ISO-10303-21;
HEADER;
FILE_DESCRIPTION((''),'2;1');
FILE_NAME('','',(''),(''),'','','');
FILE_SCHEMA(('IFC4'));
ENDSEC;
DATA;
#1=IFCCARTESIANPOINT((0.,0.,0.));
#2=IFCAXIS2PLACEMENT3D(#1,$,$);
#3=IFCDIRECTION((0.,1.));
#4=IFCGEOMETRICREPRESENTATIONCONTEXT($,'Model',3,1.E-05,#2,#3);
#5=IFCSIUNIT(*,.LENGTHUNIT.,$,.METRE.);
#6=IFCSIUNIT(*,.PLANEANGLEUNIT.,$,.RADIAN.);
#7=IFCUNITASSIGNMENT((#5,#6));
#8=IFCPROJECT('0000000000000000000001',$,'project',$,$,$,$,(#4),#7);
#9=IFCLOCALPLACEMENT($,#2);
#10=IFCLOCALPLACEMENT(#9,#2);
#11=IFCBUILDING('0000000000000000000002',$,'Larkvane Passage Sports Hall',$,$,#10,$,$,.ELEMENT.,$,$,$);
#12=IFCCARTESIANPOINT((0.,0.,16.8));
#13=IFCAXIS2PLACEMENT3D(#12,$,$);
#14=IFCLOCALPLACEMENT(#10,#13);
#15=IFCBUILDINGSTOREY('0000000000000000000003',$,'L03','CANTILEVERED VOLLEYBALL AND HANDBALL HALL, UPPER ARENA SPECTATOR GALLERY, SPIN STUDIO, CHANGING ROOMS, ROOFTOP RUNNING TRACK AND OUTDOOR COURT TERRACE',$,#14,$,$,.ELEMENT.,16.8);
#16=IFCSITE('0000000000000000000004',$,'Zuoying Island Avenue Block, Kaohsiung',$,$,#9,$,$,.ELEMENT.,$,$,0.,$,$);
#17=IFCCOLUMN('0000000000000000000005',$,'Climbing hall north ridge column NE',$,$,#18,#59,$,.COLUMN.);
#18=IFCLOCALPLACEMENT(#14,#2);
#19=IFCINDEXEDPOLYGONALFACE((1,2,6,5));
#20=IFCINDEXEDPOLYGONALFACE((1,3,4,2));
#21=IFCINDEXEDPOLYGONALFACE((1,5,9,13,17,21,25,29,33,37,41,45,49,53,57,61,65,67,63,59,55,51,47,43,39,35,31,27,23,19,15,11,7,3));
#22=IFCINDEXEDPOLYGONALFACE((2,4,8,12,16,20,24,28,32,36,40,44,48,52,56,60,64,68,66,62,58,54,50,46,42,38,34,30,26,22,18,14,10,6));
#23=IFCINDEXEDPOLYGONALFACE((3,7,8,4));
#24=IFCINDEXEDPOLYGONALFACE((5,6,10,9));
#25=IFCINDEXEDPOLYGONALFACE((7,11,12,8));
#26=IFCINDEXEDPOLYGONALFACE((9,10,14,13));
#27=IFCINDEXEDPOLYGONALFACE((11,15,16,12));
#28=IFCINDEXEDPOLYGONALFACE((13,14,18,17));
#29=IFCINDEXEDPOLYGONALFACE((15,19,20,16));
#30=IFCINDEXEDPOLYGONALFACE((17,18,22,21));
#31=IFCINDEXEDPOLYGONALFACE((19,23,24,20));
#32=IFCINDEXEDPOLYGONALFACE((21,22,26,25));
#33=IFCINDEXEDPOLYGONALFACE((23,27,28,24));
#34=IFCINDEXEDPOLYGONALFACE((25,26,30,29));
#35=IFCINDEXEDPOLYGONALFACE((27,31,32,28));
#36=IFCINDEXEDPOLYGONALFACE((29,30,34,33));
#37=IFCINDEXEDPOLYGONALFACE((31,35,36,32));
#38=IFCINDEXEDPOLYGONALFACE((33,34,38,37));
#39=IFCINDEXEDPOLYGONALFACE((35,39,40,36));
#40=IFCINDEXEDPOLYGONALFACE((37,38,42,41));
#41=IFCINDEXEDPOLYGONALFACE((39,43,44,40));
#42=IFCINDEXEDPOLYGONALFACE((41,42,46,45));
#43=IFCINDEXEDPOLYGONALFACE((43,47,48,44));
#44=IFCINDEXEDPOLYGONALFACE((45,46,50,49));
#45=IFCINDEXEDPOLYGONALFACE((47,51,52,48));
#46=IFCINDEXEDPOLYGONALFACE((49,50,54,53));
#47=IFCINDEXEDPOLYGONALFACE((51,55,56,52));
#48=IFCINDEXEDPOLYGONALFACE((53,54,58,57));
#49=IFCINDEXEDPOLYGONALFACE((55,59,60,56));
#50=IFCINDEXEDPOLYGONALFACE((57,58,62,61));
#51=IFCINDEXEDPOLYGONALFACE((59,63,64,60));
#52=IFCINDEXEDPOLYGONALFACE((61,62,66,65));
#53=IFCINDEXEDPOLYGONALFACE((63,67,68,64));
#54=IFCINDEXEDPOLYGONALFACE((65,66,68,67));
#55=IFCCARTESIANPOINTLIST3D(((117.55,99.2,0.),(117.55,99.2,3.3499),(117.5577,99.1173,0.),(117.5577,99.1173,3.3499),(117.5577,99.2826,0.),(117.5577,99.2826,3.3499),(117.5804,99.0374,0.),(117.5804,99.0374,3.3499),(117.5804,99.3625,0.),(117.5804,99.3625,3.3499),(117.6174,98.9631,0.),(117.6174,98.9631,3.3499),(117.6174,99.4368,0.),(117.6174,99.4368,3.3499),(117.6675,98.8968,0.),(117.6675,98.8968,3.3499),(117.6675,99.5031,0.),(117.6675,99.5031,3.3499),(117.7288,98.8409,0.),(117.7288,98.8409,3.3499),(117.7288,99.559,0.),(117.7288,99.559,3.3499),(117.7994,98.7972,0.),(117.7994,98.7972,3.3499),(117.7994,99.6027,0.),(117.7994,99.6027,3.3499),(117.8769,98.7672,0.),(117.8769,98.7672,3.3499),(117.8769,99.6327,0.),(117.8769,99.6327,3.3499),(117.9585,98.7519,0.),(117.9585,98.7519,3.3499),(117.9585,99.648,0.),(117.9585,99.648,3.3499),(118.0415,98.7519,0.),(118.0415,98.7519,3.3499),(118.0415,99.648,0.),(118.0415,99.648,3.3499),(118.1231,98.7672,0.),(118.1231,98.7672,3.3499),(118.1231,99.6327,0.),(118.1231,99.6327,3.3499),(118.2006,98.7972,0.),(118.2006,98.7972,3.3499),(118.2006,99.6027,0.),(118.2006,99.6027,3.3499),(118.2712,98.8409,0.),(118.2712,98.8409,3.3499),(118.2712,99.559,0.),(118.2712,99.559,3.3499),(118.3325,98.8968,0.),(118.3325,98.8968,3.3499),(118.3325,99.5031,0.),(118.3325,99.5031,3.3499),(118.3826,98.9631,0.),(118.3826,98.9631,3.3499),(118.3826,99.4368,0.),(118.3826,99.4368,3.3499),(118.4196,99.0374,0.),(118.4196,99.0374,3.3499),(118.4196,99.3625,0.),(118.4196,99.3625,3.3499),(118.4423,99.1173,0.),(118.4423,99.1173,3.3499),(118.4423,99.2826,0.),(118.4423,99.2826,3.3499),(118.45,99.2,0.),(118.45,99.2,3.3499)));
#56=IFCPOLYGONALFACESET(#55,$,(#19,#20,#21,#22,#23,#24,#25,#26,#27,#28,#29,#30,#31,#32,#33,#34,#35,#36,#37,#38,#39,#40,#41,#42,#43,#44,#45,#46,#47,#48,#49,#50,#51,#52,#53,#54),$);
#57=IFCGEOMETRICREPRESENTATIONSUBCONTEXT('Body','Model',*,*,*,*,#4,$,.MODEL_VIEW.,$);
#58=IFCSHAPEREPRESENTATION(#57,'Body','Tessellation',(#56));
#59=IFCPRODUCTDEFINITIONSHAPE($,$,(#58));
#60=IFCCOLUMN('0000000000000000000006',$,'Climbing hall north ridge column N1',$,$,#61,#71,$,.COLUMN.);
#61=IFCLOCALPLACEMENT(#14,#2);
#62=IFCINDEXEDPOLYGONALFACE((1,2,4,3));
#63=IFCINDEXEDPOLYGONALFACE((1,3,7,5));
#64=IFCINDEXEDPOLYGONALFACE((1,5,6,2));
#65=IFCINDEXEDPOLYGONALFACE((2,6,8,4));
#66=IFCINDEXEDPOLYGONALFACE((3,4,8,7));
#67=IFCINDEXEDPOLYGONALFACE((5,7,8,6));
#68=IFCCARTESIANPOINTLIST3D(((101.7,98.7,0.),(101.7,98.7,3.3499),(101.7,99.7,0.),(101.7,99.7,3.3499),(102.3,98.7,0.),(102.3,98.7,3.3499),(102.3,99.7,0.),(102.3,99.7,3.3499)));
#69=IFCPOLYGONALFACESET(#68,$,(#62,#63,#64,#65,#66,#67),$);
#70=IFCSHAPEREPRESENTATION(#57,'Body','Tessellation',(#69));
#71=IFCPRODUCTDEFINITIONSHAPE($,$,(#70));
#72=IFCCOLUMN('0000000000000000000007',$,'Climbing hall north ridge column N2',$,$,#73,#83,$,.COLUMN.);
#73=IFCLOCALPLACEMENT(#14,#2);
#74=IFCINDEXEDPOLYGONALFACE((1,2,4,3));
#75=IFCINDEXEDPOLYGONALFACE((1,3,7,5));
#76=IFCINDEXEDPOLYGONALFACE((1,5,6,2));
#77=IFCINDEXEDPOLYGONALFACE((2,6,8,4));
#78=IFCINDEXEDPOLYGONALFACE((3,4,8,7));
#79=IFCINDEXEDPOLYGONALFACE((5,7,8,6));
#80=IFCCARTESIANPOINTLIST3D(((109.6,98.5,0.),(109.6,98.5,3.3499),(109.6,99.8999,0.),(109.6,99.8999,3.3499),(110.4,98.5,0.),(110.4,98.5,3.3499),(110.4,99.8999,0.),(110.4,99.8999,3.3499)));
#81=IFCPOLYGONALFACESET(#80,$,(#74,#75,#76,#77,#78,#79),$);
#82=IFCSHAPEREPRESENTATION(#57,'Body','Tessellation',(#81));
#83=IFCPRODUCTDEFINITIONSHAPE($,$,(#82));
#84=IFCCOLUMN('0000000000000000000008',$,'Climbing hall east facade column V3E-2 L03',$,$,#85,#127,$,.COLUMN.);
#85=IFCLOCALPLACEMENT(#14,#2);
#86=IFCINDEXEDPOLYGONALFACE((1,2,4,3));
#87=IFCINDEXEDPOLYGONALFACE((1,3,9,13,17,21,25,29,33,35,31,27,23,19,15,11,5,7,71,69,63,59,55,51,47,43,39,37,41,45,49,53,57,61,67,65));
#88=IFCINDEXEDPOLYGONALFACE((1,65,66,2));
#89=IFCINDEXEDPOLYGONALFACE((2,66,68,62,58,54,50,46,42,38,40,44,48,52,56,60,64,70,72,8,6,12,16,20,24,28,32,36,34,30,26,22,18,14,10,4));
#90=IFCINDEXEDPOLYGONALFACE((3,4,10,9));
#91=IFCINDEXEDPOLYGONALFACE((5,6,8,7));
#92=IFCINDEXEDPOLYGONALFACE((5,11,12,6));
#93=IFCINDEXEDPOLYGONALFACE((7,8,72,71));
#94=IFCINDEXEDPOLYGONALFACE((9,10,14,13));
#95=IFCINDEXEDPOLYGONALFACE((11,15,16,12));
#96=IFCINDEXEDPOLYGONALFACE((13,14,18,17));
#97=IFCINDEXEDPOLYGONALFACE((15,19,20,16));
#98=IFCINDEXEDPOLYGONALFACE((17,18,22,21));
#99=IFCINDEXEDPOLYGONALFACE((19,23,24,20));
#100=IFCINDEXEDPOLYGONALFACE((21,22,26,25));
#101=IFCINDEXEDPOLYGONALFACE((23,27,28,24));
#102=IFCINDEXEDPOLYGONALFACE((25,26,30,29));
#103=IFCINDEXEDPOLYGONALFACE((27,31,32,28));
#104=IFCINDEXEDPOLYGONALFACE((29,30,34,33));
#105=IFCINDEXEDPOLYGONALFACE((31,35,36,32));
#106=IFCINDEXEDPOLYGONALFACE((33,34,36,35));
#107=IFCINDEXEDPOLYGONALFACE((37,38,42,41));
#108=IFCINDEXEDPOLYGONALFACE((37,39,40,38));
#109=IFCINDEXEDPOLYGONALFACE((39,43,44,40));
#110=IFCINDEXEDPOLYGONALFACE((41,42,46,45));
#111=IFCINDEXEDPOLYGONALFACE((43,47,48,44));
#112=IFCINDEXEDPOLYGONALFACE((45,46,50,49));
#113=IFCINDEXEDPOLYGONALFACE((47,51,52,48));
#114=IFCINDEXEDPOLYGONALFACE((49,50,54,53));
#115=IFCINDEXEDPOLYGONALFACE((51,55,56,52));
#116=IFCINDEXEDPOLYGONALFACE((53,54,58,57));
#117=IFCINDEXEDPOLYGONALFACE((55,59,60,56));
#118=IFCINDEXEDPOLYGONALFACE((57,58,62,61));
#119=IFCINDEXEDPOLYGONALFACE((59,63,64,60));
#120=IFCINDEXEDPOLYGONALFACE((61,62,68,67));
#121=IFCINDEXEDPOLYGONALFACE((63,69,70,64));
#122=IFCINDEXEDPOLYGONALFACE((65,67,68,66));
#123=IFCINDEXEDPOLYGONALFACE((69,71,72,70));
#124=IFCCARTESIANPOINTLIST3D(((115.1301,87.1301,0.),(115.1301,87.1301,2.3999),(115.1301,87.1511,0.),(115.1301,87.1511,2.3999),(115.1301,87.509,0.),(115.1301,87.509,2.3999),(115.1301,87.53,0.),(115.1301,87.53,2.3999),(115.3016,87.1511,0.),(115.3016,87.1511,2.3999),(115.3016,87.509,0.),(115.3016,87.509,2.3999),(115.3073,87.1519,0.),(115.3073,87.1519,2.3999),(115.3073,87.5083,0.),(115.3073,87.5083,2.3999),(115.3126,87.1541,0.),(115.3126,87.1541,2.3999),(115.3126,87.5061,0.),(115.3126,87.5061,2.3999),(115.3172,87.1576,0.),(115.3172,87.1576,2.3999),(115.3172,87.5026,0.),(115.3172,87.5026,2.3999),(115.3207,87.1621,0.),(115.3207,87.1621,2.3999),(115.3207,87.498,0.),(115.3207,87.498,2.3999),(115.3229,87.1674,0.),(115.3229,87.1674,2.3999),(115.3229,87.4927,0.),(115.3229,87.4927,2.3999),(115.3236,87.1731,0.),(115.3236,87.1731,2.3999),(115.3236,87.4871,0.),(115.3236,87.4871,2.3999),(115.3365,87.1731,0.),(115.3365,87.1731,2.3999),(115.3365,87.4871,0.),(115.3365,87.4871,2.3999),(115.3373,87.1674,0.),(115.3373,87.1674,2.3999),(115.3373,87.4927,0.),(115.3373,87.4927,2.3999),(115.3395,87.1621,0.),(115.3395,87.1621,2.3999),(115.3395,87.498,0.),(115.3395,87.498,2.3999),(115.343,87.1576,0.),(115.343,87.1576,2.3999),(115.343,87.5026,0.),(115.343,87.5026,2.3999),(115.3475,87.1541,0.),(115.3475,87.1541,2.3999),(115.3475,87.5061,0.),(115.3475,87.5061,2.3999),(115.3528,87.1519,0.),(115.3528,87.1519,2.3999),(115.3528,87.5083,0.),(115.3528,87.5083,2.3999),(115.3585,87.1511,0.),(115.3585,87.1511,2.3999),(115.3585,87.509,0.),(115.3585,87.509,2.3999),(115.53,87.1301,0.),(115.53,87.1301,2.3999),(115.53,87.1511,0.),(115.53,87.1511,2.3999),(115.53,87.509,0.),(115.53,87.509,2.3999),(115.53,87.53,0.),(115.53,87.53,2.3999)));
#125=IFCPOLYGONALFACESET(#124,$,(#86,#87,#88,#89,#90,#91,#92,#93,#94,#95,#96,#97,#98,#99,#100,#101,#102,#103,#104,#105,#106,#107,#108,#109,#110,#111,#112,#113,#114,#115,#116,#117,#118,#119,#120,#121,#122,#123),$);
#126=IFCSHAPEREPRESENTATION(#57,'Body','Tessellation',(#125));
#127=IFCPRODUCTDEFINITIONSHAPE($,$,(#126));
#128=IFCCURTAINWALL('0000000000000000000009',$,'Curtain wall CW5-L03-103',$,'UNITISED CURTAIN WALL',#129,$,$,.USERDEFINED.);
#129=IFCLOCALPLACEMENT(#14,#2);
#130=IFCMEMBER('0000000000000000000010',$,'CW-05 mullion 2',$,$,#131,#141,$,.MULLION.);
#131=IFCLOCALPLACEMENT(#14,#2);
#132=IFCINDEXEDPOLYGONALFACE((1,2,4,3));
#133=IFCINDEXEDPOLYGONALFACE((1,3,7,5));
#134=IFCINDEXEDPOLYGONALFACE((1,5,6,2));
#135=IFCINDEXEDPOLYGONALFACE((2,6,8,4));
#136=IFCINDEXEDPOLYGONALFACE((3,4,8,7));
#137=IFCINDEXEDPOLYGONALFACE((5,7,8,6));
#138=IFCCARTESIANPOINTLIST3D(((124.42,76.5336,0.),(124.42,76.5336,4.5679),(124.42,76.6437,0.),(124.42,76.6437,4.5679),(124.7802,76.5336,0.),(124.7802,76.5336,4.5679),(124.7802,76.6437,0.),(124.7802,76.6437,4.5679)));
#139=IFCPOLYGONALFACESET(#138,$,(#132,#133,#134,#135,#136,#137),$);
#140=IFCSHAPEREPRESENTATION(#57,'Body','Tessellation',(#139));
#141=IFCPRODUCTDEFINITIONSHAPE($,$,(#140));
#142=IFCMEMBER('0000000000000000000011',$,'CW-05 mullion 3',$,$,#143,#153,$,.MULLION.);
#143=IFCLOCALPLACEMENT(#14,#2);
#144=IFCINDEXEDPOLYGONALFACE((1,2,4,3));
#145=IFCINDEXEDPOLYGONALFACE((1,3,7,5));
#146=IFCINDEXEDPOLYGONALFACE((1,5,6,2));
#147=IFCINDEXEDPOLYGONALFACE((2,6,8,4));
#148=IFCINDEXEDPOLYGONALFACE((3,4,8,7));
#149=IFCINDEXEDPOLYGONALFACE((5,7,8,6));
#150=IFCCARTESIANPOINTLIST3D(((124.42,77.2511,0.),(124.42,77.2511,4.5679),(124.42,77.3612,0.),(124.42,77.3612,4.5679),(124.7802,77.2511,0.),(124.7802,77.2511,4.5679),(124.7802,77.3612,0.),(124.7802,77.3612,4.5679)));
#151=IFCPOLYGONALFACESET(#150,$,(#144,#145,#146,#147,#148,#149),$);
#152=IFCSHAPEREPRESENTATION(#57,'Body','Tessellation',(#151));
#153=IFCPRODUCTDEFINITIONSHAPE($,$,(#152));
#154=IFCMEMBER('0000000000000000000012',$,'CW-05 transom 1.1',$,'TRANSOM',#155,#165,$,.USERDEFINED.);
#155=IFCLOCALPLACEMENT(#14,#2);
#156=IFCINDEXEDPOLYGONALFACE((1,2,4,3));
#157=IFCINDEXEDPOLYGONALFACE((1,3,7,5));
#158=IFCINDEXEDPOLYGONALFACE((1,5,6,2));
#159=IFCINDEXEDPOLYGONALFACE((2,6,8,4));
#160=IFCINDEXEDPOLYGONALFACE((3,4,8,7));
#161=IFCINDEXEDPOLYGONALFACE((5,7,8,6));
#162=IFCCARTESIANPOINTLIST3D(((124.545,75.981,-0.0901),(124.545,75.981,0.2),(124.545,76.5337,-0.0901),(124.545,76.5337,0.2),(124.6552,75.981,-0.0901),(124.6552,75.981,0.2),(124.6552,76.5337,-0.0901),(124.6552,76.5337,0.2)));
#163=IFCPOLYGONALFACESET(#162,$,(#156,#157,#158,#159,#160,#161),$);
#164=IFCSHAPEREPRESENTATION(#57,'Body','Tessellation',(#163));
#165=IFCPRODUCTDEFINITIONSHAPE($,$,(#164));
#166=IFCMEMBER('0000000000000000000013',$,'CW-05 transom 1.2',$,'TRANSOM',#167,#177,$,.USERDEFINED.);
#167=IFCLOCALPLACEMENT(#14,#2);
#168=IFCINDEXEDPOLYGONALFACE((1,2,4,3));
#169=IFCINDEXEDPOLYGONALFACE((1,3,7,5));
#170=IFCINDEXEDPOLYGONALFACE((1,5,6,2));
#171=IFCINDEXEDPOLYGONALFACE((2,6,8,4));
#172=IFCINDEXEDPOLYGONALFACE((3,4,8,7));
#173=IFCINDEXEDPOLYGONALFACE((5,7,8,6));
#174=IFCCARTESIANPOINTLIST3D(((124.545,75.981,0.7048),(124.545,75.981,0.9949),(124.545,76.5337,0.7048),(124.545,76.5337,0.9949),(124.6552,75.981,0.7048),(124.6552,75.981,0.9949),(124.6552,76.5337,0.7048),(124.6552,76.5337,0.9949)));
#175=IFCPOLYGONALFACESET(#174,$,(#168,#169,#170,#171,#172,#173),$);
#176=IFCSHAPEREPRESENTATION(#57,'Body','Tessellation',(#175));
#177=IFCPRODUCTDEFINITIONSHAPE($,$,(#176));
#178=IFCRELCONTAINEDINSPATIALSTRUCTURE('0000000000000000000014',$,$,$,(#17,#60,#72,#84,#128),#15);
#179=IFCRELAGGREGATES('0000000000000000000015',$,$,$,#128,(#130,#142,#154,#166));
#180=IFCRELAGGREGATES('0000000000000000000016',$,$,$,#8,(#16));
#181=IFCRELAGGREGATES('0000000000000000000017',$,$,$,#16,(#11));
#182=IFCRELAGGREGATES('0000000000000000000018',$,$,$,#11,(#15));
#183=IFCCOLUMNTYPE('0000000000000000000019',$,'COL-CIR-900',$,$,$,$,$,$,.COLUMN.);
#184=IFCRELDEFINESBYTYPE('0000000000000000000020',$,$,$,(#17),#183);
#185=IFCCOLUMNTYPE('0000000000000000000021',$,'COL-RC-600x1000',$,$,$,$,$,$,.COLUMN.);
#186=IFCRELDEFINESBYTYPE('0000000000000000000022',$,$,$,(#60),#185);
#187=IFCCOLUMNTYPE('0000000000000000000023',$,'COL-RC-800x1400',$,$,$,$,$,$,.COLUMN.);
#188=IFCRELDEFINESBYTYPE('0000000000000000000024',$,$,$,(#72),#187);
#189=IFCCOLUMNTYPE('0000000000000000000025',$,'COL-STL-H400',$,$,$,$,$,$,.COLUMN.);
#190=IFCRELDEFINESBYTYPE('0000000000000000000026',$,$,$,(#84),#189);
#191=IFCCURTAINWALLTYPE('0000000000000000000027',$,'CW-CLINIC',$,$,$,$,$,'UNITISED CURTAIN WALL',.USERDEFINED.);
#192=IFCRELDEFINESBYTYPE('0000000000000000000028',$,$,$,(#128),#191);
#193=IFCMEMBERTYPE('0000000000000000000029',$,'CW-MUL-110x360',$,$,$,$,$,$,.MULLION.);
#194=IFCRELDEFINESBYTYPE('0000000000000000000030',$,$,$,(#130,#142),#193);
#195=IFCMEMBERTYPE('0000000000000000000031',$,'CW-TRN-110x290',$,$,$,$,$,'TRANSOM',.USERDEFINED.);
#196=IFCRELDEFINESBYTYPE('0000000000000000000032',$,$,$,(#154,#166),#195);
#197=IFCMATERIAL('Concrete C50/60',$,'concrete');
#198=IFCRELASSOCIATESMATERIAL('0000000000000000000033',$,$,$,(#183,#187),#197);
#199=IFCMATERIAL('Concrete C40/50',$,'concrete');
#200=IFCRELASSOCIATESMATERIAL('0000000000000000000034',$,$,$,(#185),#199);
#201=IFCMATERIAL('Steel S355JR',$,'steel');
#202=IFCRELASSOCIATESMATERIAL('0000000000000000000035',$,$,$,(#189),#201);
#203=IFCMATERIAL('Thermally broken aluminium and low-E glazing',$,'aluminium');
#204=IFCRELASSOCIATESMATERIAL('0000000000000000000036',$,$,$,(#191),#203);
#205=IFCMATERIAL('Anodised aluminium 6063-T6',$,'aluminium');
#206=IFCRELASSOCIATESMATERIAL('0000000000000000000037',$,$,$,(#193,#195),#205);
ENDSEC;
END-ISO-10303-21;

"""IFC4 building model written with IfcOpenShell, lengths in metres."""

from ifc_helpers import new_model, si_unit, direction, frame, origin, origin_2d, place, context, subcontext, project, spatial, rectangle, circle, i_section, extrude, material, material_profile, profile_set, type_object, element, aggregate, save


model = new_model("IFC4")

# Units and contexts
model_context = context("Model", 3, precision=1e-05, world=origin(), true_north=direction((0.0, 1.0)))
body_context = subcontext(model_context, "Body", "Model", "MODEL_VIEW")
ifc_project = project(units=[si_unit("LENGTHUNIT", "METRE"), si_unit("PLANEANGLEUNIT", "RADIAN")], contexts=[model_context])

# Site, building, storey
site_placement = place(None, origin())
site = spatial("IfcSite", under=ifc_project, at=site_placement, Name="Zuoying Island Avenue Block, Kaohsiung", CompositionType="ELEMENT", RefElevation=0.0)
building_placement = place(site_placement, origin())
building = spatial("IfcBuilding", under=site, at=building_placement, Name="Larkvane Passage Sports Hall", CompositionType="ELEMENT")
storey_placement = place(building_placement, frame((0.0, 0.0, 16.8)))
storey = spatial("IfcBuildingStorey", under=building, at=storey_placement, Name="L03", Description="CANTILEVERED VOLLEYBALL AND HANDBALL HALL, UPPER ARENA SPECTATOR GALLERY, SPIN STUDIO, CHANGING ROOMS, ROOFTOP RUNNING TRACK AND OUTDOOR COURT TERRACE", CompositionType="ELEMENT", Elevation=16.8)

# Columns
ifc_material_1 = material(Name="Concrete C50/60", Category="concrete")
ifc_material_profile_1 = material_profile(ifc_material_1, circle(Radius=0.45, at=origin_2d()), Name="RC-CIR-900")
ifc_profile_set_1 = profile_set([ifc_material_profile_1], Name="Concrete C50/60")
column_type_1 = type_object("IfcColumnType", Name="COL-CIR-900", PredefinedType="COLUMN", material=ifc_profile_set_1)
column_1_placement = place(storey_placement, frame((118.0, 99.2, 0.0), z_axis=(0.0, 0.0, 1.0), x_axis=(1.0, 0.0, 0.0)))
element("IfcColumn", 1, at=column_1_placement, inside=storey, type_object=column_type_1, Name="Climbing hall north ridge column NE", PredefinedType="COLUMN", context=body_context, shape_type="SweptSolid", body=[
    extrude(circle(Radius=0.45, at=origin_2d()), origin(), (0.0, 0.0, 1.0), 3.3499),
])
ifc_material_2 = material(Name="Concrete C40/50", Category="concrete")
ifc_material_profile_2 = material_profile(ifc_material_2, rectangle(XDim=0.6001, YDim=1.0, at=origin_2d()), Name="RC-COL-600x1000")
ifc_profile_set_2 = profile_set([ifc_material_profile_2], Name="Concrete C40/50")
column_type_2 = type_object("IfcColumnType", Name="COL-RC-600x1000", PredefinedType="COLUMN", material=ifc_profile_set_2)
column_2_placement = place(storey_placement, frame((102.0, 99.2, 0.0), z_axis=(0.0, 0.0, 1.0), x_axis=(1.0, 0.0, 0.0)))
element("IfcColumn", 2, at=column_2_placement, inside=storey, type_object=column_type_2, Name="Climbing hall north ridge column N1", PredefinedType="COLUMN", context=body_context, shape_type="SweptSolid", body=[
    extrude(rectangle(XDim=0.6001, YDim=1.0, at=origin_2d()), origin(), (0.0, 0.0, 1.0), 3.3499),
])
ifc_material_profile_3 = material_profile(ifc_material_1, rectangle(XDim=0.8, YDim=1.3999, at=origin_2d()), Name="RC-COL-800x1400")
ifc_profile_set_3 = profile_set([ifc_material_profile_3], Name="Concrete C50/60")
column_type_3 = type_object("IfcColumnType", Name="COL-RC-800x1400", PredefinedType="COLUMN", material=ifc_profile_set_3)
column_3_placement = place(storey_placement, frame((110.0, 99.2, 0.0), z_axis=(0.0, 0.0, 1.0), x_axis=(1.0, 0.0, 0.0)))
element("IfcColumn", 3, at=column_3_placement, inside=storey, type_object=column_type_3, Name="Climbing hall north ridge column N2", PredefinedType="COLUMN", context=body_context, shape_type="SweptSolid", body=[
    extrude(rectangle(XDim=0.8, YDim=1.3999, at=origin_2d()), origin(), (0.0, 0.0, 1.0), 3.3499),
])
ifc_material_3 = material(Name="Steel S355JR", Category="steel")
ifc_material_profile_4 = material_profile(ifc_material_3, i_section(OverallWidth=0.3999, OverallDepth=0.3999, WebThickness=0.0129, FlangeThickness=0.021, FilletRadius=0.022, at=origin_2d()), Name="H-400x400x13x21")
ifc_profile_set_4 = profile_set([ifc_material_profile_4], Name="Steel S355JR")
column_type_4 = type_object("IfcColumnType", Name="COL-STL-H400", PredefinedType="COLUMN", material=ifc_profile_set_4)
column_4_placement = place(storey_placement, frame((115.3301, 87.3301, 0.0), z_axis=(0.0, 0.0, 1.0), x_axis=(1.0, 0.0, 0.0)))
element("IfcColumn", 4, at=column_4_placement, inside=storey, type_object=column_type_4, Name="Climbing hall east facade column V3E-2 L03", PredefinedType="COLUMN", context=body_context, shape_type="SweptSolid", body=[
    extrude(i_section(OverallWidth=0.3999, OverallDepth=0.3999, WebThickness=0.0129, FlangeThickness=0.021, FilletRadius=0.022, at=origin_2d()), origin(), (0.0, 0.0, 1.0), 2.3999),
])

# Curtain wall, members
ifc_material_4 = material(Name="Thermally broken aluminium and low-E glazing", Category="aluminium")
curtain_wall_type = type_object("IfcCurtainWallType", Name="CW-CLINIC", ElementType="UNITISED CURTAIN WALL", PredefinedType="USERDEFINED", material=ifc_material_4)
curtain_wall_placement = place(storey_placement, origin())
curtain_wall = element("IfcCurtainWall", 5, at=curtain_wall_placement, inside=storey, type_object=curtain_wall_type, Name="Curtain wall CW5-L03-103", ObjectType="UNITISED CURTAIN WALL", PredefinedType="USERDEFINED")
ifc_material_5 = material(Name="Anodised aluminium 6063-T6", Category="aluminium")
ifc_material_profile_5 = material_profile(ifc_material_5, rectangle(XDim=0.1101, YDim=0.3601, at=origin_2d()), Name="ALU-MUL-110x360")
ifc_profile_set_5 = profile_set([ifc_material_profile_5], Name="Anodised aluminium 6063-T6")
member_type_1 = type_object("IfcMemberType", Name="CW-MUL-110x360", PredefinedType="MULLION", material=ifc_profile_set_5)
member_1_placement = place(storey_placement, frame((124.6001, 76.5886, 0.0), z_axis=(0.0, 0.0, 1.0), x_axis=(0.0, 1.0, 0.0)))
member_1 = element("IfcMember", 6, at=member_1_placement, type_object=member_type_1, Name="CW-05 mullion 2", PredefinedType="MULLION", context=body_context, shape_type="SweptSolid", body=[
    extrude(rectangle(XDim=0.1101, YDim=0.3601, at=origin_2d()), origin(), (0.0, 0.0, 1.0), 4.5679),
])
member_2_placement = place(storey_placement, frame((124.6001, 77.3062, 0.0), z_axis=(0.0, 0.0, 1.0), x_axis=(0.0, 1.0, 0.0)))
member_2 = element("IfcMember", 7, at=member_2_placement, type_object=member_type_1, Name="CW-05 mullion 3", PredefinedType="MULLION", context=body_context, shape_type="SweptSolid", body=[
    extrude(rectangle(XDim=0.1101, YDim=0.3601, at=origin_2d()), origin(), (0.0, 0.0, 1.0), 4.5679),
])
ifc_material_profile_6 = material_profile(ifc_material_5, rectangle(XDim=0.1101, YDim=0.29, at=origin_2d()), Name="ALU-TRN-110x290")
ifc_profile_set_6 = profile_set([ifc_material_profile_6], Name="Anodised aluminium 6063-T6")
member_type_2 = type_object("IfcMemberType", Name="CW-TRN-110x290", ElementType="TRANSOM", PredefinedType="USERDEFINED", material=ifc_profile_set_6)
member_3_placement = place(storey_placement, frame((124.6001, 75.981, 0.0549), z_axis=(0.0, 1.0, 0.0), x_axis=(-1.0, 0.0, 0.0)))
member_3 = element("IfcMember", 8, at=member_3_placement, type_object=member_type_2, Name="CW-05 transom 1.1", ObjectType="TRANSOM", PredefinedType="USERDEFINED", context=body_context, shape_type="SweptSolid", body=[
    extrude(rectangle(XDim=0.1101, YDim=0.29, at=origin_2d()), origin(), (0.0, 0.0, 1.0), 0.5527),
])
member_4_placement = place(storey_placement, frame((124.6001, 75.981, 0.8499), z_axis=(0.0, 1.0, 0.0), x_axis=(-1.0, 0.0, 0.0)))
member_4 = element("IfcMember", 9, at=member_4_placement, type_object=member_type_2, Name="CW-05 transom 1.2", ObjectType="TRANSOM", PredefinedType="USERDEFINED", context=body_context, shape_type="SweptSolid", body=[
    extrude(rectangle(XDim=0.1101, YDim=0.29, at=origin_2d()), origin(), (0.0, 0.0, 1.0), 0.5527),
])

aggregate(curtain_wall, [member_1, member_2, member_3, member_4])

save(model, "model.ifc")
